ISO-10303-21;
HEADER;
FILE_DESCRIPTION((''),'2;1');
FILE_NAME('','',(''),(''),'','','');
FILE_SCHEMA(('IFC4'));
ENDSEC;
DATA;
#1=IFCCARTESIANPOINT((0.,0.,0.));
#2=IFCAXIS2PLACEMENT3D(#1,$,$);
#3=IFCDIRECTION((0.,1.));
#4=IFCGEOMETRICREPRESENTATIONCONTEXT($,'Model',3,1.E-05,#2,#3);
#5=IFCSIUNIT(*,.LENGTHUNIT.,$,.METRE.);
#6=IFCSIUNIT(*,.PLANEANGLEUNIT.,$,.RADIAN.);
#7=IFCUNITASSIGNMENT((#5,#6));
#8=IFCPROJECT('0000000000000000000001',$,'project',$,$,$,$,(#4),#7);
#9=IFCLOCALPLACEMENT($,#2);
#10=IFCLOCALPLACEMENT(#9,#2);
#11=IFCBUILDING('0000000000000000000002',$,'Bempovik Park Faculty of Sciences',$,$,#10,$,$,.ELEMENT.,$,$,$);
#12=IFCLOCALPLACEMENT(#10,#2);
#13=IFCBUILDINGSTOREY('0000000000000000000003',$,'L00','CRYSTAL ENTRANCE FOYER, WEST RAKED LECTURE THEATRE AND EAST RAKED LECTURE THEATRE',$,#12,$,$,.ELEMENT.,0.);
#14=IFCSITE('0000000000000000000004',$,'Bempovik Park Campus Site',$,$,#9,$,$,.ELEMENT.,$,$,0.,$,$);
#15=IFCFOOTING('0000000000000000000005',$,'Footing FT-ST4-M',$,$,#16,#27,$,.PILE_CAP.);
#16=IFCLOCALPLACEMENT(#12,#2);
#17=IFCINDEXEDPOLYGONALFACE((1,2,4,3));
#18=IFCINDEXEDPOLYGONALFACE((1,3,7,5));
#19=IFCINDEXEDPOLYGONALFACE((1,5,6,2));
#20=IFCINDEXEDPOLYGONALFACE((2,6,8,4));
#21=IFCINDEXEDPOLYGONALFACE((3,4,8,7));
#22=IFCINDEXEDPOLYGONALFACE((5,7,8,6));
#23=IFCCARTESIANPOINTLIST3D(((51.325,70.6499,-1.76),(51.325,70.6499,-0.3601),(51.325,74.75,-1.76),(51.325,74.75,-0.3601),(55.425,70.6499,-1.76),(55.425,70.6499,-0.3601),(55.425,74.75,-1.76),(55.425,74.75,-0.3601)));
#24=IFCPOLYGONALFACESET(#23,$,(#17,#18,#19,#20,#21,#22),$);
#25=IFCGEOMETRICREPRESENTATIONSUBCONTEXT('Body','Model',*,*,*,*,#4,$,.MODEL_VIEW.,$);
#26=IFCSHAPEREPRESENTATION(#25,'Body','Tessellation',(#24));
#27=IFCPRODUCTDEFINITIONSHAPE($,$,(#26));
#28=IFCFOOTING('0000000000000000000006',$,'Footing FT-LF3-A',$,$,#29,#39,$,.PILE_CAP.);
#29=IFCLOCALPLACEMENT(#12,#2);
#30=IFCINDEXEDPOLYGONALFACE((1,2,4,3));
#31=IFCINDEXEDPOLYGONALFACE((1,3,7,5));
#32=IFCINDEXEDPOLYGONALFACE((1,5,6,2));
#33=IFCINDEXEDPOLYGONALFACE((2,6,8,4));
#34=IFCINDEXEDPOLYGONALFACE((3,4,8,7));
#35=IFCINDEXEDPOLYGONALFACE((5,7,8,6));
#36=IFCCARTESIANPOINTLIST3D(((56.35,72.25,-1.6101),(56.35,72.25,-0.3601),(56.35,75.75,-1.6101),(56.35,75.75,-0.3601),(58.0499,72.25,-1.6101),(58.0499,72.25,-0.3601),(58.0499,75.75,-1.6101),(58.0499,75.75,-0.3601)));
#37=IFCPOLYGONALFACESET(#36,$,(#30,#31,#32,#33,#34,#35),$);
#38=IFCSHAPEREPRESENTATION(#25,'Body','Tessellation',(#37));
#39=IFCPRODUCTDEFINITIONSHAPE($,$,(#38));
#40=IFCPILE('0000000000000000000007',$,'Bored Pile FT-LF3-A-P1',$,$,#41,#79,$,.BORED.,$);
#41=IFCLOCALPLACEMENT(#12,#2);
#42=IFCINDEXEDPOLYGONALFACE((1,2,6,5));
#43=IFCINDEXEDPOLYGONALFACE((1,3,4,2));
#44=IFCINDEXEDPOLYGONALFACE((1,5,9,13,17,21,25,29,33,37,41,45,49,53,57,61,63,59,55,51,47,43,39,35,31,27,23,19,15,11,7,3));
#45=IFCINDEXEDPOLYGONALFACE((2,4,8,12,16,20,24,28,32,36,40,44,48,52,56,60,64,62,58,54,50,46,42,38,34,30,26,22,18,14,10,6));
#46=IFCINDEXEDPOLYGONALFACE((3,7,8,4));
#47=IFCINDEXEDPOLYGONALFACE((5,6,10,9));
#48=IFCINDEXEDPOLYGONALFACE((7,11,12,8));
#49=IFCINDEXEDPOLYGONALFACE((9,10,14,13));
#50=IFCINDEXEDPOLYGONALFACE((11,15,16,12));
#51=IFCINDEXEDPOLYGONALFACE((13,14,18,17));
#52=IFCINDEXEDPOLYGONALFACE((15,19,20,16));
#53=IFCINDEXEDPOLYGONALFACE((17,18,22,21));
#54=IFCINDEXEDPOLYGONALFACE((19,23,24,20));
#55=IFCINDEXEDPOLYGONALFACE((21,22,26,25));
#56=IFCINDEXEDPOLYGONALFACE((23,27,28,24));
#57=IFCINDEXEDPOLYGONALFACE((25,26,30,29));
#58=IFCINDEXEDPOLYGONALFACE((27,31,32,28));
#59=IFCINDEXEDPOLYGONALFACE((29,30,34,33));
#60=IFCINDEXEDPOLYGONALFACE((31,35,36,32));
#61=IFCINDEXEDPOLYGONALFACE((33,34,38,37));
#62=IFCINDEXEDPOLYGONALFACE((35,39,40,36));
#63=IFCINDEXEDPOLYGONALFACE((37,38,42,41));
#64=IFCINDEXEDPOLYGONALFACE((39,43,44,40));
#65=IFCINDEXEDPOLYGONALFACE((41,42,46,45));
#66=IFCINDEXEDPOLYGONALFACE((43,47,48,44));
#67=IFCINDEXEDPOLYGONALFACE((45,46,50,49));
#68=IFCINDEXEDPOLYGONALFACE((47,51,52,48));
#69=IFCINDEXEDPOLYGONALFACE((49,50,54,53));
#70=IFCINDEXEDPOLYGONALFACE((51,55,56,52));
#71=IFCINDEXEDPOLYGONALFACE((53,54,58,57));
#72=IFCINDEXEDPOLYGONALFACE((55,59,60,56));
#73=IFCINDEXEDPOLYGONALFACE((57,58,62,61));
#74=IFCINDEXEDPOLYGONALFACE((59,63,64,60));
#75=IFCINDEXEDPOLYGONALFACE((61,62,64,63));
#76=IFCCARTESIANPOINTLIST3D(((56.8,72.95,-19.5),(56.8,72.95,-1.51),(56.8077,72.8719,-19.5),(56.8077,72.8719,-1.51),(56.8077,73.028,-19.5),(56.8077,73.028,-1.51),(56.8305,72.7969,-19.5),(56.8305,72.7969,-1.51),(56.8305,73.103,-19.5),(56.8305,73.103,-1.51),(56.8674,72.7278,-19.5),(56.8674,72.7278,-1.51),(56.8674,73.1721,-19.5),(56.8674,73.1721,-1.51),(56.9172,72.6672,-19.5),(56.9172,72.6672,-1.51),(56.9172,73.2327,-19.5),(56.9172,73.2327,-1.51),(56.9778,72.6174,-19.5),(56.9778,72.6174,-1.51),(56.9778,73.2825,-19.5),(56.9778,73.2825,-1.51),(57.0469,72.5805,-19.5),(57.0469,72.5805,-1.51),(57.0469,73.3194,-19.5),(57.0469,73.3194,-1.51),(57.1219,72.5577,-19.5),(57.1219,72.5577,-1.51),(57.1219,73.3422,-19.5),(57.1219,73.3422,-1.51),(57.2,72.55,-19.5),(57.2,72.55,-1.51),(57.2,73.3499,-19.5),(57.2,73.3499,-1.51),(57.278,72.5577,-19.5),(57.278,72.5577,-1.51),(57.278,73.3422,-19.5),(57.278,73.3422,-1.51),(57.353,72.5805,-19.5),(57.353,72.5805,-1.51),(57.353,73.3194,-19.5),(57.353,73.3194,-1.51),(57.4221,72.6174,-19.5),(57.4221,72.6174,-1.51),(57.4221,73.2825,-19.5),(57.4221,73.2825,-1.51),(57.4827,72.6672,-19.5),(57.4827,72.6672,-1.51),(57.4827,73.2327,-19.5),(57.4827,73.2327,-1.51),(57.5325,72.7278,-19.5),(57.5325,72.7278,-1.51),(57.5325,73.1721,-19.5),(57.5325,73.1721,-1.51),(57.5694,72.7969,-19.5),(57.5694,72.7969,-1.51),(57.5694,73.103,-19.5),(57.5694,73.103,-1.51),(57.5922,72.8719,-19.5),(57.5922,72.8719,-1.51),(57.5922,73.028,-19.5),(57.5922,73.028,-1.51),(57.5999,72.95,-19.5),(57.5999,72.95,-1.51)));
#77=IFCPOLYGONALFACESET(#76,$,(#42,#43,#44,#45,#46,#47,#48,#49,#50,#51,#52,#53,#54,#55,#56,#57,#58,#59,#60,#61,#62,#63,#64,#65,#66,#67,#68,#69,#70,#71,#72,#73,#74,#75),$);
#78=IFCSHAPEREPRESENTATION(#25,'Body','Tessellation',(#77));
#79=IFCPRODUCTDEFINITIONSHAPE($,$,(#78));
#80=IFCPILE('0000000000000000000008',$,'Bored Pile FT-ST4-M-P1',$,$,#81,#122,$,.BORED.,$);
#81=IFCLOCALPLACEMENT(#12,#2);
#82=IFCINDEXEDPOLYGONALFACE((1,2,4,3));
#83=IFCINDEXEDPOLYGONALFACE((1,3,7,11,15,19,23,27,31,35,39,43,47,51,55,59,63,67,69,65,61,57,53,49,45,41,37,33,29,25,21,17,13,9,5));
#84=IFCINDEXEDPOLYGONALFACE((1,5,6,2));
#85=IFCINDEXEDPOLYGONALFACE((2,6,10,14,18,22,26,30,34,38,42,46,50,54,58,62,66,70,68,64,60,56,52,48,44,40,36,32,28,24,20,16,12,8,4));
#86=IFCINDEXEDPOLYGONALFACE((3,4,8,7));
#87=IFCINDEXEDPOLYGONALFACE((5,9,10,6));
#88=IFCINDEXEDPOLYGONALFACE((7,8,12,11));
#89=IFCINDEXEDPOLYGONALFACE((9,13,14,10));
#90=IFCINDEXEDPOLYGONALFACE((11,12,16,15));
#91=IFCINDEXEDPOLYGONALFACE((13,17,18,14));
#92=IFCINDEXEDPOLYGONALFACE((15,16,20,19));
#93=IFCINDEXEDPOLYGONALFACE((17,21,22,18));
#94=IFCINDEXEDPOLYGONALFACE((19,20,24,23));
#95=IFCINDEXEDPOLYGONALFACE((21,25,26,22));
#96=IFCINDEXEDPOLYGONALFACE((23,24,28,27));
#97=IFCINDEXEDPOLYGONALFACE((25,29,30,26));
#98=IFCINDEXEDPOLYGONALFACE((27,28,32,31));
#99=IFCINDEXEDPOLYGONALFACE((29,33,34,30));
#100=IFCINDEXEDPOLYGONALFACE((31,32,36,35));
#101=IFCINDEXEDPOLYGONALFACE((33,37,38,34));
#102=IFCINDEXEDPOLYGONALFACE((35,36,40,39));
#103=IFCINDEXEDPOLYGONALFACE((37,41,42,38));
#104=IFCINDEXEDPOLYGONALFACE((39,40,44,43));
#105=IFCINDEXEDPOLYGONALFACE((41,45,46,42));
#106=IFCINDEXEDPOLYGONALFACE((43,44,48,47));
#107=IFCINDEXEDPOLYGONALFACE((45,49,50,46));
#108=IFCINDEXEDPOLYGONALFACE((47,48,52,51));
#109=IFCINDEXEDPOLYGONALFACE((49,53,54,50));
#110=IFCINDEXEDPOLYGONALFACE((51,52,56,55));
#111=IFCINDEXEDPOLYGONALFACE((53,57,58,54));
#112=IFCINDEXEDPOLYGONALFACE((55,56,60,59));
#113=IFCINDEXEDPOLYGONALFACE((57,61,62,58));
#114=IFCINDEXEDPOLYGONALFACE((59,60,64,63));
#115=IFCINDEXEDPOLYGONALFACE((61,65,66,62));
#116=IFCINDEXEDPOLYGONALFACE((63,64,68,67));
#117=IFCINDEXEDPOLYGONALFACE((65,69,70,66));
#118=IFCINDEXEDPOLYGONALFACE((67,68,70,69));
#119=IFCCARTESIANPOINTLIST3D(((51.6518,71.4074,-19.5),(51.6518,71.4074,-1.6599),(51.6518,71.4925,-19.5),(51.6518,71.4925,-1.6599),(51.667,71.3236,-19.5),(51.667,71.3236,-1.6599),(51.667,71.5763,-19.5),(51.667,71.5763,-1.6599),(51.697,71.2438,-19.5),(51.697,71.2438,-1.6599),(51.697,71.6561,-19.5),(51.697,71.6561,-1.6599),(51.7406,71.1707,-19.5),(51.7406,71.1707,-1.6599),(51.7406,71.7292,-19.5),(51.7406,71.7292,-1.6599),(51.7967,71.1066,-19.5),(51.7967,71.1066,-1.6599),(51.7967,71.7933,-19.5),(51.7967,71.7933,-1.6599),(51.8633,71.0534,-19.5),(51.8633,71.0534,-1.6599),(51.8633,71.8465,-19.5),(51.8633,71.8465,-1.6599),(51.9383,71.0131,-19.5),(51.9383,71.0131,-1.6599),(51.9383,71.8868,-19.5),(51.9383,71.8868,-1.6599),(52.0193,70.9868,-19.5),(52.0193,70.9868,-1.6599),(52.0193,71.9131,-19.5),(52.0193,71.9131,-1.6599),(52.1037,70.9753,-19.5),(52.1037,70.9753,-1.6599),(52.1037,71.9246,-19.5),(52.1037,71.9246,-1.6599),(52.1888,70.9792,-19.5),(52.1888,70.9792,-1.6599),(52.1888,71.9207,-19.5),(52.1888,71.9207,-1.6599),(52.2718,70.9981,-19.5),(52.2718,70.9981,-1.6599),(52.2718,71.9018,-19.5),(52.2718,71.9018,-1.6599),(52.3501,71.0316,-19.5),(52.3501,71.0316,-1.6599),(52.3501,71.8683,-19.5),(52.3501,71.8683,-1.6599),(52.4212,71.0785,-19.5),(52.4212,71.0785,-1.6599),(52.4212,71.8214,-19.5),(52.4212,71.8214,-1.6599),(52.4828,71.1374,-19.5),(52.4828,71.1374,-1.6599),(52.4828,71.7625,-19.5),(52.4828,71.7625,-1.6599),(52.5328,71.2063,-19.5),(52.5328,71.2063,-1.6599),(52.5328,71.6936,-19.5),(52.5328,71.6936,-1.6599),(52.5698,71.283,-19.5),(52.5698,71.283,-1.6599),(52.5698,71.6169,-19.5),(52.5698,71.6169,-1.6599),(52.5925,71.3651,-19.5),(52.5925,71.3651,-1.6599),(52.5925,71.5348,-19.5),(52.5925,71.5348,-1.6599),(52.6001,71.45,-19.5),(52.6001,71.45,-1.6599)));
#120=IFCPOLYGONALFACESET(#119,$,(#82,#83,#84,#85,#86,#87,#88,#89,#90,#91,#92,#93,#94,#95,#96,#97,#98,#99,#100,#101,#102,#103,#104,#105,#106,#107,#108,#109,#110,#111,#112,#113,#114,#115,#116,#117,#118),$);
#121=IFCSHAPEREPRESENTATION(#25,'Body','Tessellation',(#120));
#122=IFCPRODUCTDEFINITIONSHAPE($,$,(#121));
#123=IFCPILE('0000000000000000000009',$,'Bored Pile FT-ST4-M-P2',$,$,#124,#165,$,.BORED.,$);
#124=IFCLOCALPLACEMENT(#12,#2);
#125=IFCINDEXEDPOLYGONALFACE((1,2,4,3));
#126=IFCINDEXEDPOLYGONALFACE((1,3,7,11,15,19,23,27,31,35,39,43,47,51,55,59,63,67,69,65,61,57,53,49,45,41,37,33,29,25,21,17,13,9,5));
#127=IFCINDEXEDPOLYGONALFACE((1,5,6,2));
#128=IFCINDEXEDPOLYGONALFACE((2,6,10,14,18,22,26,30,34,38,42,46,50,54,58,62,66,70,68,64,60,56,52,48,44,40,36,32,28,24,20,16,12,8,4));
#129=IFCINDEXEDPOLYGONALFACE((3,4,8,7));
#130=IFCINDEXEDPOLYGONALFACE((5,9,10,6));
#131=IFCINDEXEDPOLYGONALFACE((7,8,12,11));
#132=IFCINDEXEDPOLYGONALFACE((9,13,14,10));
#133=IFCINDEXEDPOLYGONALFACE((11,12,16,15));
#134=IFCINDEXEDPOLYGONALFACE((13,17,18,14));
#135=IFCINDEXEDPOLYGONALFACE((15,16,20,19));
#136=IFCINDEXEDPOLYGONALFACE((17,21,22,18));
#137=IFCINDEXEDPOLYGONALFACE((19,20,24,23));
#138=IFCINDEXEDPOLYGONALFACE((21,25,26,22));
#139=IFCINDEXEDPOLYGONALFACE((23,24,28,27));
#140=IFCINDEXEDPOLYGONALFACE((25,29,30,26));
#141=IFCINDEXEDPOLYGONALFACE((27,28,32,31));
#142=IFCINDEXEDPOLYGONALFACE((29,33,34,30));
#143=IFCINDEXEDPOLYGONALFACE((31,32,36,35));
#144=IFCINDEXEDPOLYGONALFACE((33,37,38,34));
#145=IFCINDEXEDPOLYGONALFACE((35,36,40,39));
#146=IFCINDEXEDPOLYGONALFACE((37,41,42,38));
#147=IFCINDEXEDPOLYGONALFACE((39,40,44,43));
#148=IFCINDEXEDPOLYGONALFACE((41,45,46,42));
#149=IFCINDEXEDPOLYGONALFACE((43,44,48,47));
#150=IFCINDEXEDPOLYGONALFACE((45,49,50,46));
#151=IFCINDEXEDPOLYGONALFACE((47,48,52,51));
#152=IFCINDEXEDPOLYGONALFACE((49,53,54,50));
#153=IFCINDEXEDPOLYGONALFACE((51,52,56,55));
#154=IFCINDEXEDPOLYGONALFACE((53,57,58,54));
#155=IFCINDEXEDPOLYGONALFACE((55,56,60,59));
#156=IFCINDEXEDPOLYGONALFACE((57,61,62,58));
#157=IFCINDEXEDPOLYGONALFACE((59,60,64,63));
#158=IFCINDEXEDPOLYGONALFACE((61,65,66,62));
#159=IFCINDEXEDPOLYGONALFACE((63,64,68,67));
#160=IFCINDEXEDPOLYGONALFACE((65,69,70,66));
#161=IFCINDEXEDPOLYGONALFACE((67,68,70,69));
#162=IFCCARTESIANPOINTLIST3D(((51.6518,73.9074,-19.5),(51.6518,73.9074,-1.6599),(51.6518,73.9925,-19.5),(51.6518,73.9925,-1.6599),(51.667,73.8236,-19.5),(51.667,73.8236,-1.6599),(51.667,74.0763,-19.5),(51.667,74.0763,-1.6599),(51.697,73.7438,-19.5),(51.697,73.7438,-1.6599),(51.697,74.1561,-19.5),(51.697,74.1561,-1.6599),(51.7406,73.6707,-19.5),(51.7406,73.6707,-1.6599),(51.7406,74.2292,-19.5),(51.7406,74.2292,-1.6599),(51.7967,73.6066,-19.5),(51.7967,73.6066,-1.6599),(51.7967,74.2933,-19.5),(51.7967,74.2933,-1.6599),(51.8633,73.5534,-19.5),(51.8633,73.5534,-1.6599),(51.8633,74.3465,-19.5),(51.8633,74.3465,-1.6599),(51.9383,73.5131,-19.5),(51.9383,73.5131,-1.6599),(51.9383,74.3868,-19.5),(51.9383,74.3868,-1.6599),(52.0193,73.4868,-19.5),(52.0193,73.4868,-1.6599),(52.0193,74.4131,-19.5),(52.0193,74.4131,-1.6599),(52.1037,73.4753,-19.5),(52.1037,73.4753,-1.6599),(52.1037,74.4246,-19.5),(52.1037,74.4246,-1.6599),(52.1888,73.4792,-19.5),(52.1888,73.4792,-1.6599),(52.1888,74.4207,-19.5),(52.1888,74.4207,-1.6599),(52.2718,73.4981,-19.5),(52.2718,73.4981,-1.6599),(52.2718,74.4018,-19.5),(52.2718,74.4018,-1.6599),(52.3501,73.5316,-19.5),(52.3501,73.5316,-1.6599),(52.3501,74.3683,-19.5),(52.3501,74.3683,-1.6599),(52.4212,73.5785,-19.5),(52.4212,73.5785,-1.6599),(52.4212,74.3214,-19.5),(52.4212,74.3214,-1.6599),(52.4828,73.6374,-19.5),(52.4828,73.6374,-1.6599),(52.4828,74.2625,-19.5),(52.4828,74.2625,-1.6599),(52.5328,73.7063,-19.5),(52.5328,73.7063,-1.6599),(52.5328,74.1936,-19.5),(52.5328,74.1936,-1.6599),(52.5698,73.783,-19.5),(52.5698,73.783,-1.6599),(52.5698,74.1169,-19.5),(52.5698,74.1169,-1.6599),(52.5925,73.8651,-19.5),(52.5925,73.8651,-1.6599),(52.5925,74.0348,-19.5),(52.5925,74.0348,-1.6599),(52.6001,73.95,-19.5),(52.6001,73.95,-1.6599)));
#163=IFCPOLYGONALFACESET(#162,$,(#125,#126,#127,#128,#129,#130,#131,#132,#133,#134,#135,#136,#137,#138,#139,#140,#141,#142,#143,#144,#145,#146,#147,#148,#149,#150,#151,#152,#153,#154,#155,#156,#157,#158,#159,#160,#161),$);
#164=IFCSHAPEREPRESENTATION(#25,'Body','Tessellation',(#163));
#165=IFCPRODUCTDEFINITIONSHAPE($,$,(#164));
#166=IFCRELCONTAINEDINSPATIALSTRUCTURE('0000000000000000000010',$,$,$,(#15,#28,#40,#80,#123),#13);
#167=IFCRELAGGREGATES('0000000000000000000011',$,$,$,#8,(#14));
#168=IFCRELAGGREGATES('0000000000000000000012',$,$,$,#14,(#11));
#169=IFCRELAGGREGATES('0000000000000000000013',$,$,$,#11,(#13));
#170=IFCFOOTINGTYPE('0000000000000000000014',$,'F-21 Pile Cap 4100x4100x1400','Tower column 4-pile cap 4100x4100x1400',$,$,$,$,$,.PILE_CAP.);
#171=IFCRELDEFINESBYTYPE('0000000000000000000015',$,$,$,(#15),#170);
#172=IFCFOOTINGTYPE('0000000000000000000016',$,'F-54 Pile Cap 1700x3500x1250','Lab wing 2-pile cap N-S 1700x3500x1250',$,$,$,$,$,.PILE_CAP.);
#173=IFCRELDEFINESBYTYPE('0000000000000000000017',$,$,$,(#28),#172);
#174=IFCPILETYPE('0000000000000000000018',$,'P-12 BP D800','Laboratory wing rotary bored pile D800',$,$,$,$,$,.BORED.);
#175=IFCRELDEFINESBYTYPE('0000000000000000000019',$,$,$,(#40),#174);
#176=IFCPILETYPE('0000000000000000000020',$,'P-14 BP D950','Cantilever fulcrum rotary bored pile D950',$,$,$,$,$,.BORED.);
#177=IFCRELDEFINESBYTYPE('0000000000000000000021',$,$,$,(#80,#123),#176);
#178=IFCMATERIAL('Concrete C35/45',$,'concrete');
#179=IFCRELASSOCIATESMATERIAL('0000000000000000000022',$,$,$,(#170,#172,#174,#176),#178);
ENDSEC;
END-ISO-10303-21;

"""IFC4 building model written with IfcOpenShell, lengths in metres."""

from ifc_helpers import new_model, si_unit, direction, frame, origin, origin_2d, place, context, subcontext, project, spatial, rectangle, circle, extrude, material, material_profile, profile_set, type_object, element, save


model = new_model("IFC4")

# Units and contexts
model_context = context("Model", 3, precision=1e-05, world=origin(), true_north=direction((0.0, 1.0)))
body_context = subcontext(model_context, "Body", "Model", "MODEL_VIEW")
ifc_project = project(units=[si_unit("LENGTHUNIT", "METRE"), si_unit("PLANEANGLEUNIT", "RADIAN")], contexts=[model_context])

# Site, building, storey
site_placement = place(None, origin())
site = spatial("IfcSite", under=ifc_project, at=site_placement, Name="Bempovik Park Campus Site", CompositionType="ELEMENT", RefElevation=0.0)
building_placement = place(site_placement, origin())
building = spatial("IfcBuilding", under=site, at=building_placement, Name="Bempovik Park Faculty of Sciences", CompositionType="ELEMENT")
storey_placement = place(building_placement, origin())
storey = spatial("IfcBuildingStorey", under=building, at=storey_placement, Name="L00", Description="CRYSTAL ENTRANCE FOYER, WEST RAKED LECTURE THEATRE AND EAST RAKED LECTURE THEATRE", CompositionType="ELEMENT", Elevation=0.0)

# Footings
ifc_material_1 = material(Name="Concrete C35/45", Category="concrete")
footing_type_1 = type_object("IfcFootingType", Name="F-21 Pile Cap 4100x4100x1400", Description="Tower column 4-pile cap 4100x4100x1400", PredefinedType="PILE_CAP", material=ifc_material_1)
footing_1_placement = place(storey_placement, frame((53.375, 72.7, -1.76), z_axis=(0.0, 0.0, 1.0), x_axis=(1.0, 0.0, 0.0)))
element("IfcFooting", 1, at=footing_1_placement, inside=storey, type_object=footing_type_1, Name="Footing FT-ST4-M", PredefinedType="PILE_CAP", context=body_context, shape_type="SweptSolid", body=[
    extrude(rectangle(XDim=4.1001, YDim=4.1001, at=origin_2d()), origin(), (0.0, 0.0, 1.0), 1.3999),
])
footing_type_2 = type_object("IfcFootingType", Name="F-54 Pile Cap 1700x3500x1250", Description="Lab wing 2-pile cap N-S 1700x3500x1250", PredefinedType="PILE_CAP", material=ifc_material_1)
footing_2_placement = place(storey_placement, frame((57.2, 74.0, -1.6101), z_axis=(0.0, 0.0, 1.0), x_axis=(1.0, 0.0, 0.0)))
element("IfcFooting", 2, at=footing_2_placement, inside=storey, type_object=footing_type_2, Name="Footing FT-LF3-A", PredefinedType="PILE_CAP", context=body_context, shape_type="SweptSolid", body=[
    extrude(rectangle(XDim=1.7, YDim=3.5, at=origin_2d()), origin(), (0.0, 0.0, 1.0), 1.25),
])

# Piles
ifc_material_profile_1 = material_profile(ifc_material_1, circle(Radius=0.3999, at=origin_2d()), Name="BP D800")
ifc_profile_set_1 = profile_set([ifc_material_profile_1], Name="Concrete C35/45")
pile_type_1 = type_object("IfcPileType", Name="P-12 BP D800", Description="Laboratory wing rotary bored pile D800", PredefinedType="BORED", material=ifc_profile_set_1)
pile_placement = place(storey_placement, frame((57.2, 72.95, -1.51), z_axis=(0.0, 0.0, -1.0), x_axis=(1.0, 0.0, 0.0)))
element("IfcPile", 3, at=pile_placement, inside=storey, type_object=pile_type_1, Name="Bored Pile FT-LF3-A-P1", PredefinedType="BORED", context=body_context, shape_type="SweptSolid", body=[
    extrude(circle(Radius=0.3999, at=origin_2d()), origin(), (0.0, 0.0, 1.0), 17.99),
])
ifc_material_profile_2 = material_profile(ifc_material_1, circle(Radius=0.4751, at=origin_2d()), Name="BP D950")
ifc_profile_set_2 = profile_set([ifc_material_profile_2], Name="Concrete C35/45")
pile_type_2 = type_object("IfcPileType", Name="P-14 BP D950", Description="Cantilever fulcrum rotary bored pile D950", PredefinedType="BORED", material=ifc_profile_set_2)
for number, where, z_axis, x_axis, name in (
    (4, (52.125, 71.45, -1.6599), (0.0, 0.0, -1.0), (1.0, 0.0, 0.0), "Bored Pile FT-ST4-M-P1"),
    (5, (52.125, 73.95, -1.6599), (0.0, 0.0, -1.0), (1.0, 0.0, 0.0), "Bored Pile FT-ST4-M-P2"),
):
    element("IfcPile", number, at=place(storey_placement, frame(where, z_axis=z_axis, x_axis=x_axis)), inside=storey, type_object=pile_type_2, Name=name, PredefinedType="BORED", context=body_context, shape_type="SweptSolid", body=[
        extrude(circle(Radius=0.4751, at=origin_2d()), origin(), (0.0, 0.0, 1.0), 17.8401),
    ])

save(model, "model.ifc")
